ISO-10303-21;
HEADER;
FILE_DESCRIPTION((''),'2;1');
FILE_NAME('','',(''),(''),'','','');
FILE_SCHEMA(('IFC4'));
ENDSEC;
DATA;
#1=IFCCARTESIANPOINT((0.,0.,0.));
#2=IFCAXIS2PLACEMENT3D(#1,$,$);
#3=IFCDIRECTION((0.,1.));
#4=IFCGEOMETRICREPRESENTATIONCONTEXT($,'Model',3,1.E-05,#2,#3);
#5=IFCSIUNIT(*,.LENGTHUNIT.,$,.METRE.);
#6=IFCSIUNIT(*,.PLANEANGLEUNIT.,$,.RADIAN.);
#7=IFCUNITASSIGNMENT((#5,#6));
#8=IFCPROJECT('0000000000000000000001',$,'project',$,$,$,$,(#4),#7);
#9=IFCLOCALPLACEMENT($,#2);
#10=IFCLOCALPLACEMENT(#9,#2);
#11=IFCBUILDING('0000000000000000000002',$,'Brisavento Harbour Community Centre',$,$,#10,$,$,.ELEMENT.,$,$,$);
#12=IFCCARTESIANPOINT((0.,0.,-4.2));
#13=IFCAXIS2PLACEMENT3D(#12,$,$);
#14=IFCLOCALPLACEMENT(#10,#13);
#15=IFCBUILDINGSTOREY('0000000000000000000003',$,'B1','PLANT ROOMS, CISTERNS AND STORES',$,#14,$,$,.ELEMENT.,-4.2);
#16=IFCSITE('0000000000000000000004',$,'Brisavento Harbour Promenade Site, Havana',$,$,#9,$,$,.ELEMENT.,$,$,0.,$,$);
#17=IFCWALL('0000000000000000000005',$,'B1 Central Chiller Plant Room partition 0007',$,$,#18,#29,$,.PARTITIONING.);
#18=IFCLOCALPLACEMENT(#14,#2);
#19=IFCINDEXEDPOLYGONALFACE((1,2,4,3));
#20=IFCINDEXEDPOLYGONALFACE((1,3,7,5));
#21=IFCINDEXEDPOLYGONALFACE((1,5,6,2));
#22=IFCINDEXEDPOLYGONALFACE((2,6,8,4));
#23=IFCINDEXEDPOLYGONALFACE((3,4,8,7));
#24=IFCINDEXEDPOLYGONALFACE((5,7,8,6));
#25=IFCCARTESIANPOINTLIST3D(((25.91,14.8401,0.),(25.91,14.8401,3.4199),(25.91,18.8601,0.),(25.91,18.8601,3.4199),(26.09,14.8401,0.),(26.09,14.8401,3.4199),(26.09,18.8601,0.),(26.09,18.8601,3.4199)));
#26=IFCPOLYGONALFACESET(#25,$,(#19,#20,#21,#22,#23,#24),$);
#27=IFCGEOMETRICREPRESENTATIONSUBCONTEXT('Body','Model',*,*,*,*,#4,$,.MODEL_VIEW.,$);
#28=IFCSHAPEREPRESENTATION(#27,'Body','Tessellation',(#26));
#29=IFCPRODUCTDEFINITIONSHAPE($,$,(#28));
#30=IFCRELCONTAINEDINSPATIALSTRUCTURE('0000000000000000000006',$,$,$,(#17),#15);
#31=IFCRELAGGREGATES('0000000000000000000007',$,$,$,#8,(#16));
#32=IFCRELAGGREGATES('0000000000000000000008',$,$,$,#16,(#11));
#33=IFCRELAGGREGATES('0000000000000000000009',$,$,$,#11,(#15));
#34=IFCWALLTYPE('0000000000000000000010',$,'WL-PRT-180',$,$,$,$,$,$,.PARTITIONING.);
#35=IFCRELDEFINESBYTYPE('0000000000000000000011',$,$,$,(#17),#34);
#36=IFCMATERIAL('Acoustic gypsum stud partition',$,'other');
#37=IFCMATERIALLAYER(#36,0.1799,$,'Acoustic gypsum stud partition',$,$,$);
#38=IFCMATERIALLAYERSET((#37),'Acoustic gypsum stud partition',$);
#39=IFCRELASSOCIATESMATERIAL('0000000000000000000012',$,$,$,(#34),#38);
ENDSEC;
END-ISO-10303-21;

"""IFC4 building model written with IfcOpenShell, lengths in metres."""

from ifc_helpers import new_model, si_unit, direction, frame, frame_2d, origin, place, context, subcontext, project, spatial, rectangle, extrude, material, layer, layer_set, type_object, element, save


model = new_model("IFC4")

# Units and contexts
model_context = context("Model", 3, precision=1e-05, world=origin(), true_north=direction((0.0, 1.0)))
body_context = subcontext(model_context, "Body", "Model", "MODEL_VIEW")
ifc_project = project(units=[si_unit("LENGTHUNIT", "METRE"), si_unit("PLANEANGLEUNIT", "RADIAN")], contexts=[model_context])

# Site, building, storey
site_placement = place(None, origin())
site = spatial("IfcSite", under=ifc_project, at=site_placement, Name="Brisavento Harbour Promenade Site, Havana", CompositionType="ELEMENT", RefElevation=0.0)
building_placement = place(site_placement, origin())
building = spatial("IfcBuilding", under=site, at=building_placement, Name="Brisavento Harbour Community Centre", CompositionType="ELEMENT")
storey_placement = place(building_placement, frame((0.0, 0.0, -4.2)))
storey = spatial("IfcBuildingStorey", under=building, at=storey_placement, Name="B1", Description="PLANT ROOMS, CISTERNS AND STORES", CompositionType="ELEMENT", Elevation=-4.2)

# Shared definitions
ifc_material_1 = material(Name="Acoustic gypsum stud partition", Category="other")

# Wall
ifc_layer_1 = layer(ifc_material_1, 0.1799, Name="Acoustic gypsum stud partition")
ifc_layer_set_1 = layer_set([ifc_layer_1], Name="Acoustic gypsum stud partition")
wall_type_1 = type_object("IfcWallType", Name="WL-PRT-180", PredefinedType="PARTITIONING", material=ifc_layer_set_1)
wall_1_placement = place(storey_placement, frame((26.0, 14.8401, 0.0), z_axis=(0.0, 0.0, 1.0), x_axis=(0.0, 1.0, 0.0)))
element("IfcWall", 1, at=wall_1_placement, inside=storey, type_object=wall_type_1, Name="B1 Central Chiller Plant Room partition 0007", PredefinedType="PARTITIONING", context=body_context, shape_type="SweptSolid", body=[
    extrude(rectangle(XDim=4.02, YDim=0.1799, at=frame_2d((2.01, 0.0))), origin(), (0.0, 0.0, 1.0), 3.4199),
])

save(model, "model.ifc")
